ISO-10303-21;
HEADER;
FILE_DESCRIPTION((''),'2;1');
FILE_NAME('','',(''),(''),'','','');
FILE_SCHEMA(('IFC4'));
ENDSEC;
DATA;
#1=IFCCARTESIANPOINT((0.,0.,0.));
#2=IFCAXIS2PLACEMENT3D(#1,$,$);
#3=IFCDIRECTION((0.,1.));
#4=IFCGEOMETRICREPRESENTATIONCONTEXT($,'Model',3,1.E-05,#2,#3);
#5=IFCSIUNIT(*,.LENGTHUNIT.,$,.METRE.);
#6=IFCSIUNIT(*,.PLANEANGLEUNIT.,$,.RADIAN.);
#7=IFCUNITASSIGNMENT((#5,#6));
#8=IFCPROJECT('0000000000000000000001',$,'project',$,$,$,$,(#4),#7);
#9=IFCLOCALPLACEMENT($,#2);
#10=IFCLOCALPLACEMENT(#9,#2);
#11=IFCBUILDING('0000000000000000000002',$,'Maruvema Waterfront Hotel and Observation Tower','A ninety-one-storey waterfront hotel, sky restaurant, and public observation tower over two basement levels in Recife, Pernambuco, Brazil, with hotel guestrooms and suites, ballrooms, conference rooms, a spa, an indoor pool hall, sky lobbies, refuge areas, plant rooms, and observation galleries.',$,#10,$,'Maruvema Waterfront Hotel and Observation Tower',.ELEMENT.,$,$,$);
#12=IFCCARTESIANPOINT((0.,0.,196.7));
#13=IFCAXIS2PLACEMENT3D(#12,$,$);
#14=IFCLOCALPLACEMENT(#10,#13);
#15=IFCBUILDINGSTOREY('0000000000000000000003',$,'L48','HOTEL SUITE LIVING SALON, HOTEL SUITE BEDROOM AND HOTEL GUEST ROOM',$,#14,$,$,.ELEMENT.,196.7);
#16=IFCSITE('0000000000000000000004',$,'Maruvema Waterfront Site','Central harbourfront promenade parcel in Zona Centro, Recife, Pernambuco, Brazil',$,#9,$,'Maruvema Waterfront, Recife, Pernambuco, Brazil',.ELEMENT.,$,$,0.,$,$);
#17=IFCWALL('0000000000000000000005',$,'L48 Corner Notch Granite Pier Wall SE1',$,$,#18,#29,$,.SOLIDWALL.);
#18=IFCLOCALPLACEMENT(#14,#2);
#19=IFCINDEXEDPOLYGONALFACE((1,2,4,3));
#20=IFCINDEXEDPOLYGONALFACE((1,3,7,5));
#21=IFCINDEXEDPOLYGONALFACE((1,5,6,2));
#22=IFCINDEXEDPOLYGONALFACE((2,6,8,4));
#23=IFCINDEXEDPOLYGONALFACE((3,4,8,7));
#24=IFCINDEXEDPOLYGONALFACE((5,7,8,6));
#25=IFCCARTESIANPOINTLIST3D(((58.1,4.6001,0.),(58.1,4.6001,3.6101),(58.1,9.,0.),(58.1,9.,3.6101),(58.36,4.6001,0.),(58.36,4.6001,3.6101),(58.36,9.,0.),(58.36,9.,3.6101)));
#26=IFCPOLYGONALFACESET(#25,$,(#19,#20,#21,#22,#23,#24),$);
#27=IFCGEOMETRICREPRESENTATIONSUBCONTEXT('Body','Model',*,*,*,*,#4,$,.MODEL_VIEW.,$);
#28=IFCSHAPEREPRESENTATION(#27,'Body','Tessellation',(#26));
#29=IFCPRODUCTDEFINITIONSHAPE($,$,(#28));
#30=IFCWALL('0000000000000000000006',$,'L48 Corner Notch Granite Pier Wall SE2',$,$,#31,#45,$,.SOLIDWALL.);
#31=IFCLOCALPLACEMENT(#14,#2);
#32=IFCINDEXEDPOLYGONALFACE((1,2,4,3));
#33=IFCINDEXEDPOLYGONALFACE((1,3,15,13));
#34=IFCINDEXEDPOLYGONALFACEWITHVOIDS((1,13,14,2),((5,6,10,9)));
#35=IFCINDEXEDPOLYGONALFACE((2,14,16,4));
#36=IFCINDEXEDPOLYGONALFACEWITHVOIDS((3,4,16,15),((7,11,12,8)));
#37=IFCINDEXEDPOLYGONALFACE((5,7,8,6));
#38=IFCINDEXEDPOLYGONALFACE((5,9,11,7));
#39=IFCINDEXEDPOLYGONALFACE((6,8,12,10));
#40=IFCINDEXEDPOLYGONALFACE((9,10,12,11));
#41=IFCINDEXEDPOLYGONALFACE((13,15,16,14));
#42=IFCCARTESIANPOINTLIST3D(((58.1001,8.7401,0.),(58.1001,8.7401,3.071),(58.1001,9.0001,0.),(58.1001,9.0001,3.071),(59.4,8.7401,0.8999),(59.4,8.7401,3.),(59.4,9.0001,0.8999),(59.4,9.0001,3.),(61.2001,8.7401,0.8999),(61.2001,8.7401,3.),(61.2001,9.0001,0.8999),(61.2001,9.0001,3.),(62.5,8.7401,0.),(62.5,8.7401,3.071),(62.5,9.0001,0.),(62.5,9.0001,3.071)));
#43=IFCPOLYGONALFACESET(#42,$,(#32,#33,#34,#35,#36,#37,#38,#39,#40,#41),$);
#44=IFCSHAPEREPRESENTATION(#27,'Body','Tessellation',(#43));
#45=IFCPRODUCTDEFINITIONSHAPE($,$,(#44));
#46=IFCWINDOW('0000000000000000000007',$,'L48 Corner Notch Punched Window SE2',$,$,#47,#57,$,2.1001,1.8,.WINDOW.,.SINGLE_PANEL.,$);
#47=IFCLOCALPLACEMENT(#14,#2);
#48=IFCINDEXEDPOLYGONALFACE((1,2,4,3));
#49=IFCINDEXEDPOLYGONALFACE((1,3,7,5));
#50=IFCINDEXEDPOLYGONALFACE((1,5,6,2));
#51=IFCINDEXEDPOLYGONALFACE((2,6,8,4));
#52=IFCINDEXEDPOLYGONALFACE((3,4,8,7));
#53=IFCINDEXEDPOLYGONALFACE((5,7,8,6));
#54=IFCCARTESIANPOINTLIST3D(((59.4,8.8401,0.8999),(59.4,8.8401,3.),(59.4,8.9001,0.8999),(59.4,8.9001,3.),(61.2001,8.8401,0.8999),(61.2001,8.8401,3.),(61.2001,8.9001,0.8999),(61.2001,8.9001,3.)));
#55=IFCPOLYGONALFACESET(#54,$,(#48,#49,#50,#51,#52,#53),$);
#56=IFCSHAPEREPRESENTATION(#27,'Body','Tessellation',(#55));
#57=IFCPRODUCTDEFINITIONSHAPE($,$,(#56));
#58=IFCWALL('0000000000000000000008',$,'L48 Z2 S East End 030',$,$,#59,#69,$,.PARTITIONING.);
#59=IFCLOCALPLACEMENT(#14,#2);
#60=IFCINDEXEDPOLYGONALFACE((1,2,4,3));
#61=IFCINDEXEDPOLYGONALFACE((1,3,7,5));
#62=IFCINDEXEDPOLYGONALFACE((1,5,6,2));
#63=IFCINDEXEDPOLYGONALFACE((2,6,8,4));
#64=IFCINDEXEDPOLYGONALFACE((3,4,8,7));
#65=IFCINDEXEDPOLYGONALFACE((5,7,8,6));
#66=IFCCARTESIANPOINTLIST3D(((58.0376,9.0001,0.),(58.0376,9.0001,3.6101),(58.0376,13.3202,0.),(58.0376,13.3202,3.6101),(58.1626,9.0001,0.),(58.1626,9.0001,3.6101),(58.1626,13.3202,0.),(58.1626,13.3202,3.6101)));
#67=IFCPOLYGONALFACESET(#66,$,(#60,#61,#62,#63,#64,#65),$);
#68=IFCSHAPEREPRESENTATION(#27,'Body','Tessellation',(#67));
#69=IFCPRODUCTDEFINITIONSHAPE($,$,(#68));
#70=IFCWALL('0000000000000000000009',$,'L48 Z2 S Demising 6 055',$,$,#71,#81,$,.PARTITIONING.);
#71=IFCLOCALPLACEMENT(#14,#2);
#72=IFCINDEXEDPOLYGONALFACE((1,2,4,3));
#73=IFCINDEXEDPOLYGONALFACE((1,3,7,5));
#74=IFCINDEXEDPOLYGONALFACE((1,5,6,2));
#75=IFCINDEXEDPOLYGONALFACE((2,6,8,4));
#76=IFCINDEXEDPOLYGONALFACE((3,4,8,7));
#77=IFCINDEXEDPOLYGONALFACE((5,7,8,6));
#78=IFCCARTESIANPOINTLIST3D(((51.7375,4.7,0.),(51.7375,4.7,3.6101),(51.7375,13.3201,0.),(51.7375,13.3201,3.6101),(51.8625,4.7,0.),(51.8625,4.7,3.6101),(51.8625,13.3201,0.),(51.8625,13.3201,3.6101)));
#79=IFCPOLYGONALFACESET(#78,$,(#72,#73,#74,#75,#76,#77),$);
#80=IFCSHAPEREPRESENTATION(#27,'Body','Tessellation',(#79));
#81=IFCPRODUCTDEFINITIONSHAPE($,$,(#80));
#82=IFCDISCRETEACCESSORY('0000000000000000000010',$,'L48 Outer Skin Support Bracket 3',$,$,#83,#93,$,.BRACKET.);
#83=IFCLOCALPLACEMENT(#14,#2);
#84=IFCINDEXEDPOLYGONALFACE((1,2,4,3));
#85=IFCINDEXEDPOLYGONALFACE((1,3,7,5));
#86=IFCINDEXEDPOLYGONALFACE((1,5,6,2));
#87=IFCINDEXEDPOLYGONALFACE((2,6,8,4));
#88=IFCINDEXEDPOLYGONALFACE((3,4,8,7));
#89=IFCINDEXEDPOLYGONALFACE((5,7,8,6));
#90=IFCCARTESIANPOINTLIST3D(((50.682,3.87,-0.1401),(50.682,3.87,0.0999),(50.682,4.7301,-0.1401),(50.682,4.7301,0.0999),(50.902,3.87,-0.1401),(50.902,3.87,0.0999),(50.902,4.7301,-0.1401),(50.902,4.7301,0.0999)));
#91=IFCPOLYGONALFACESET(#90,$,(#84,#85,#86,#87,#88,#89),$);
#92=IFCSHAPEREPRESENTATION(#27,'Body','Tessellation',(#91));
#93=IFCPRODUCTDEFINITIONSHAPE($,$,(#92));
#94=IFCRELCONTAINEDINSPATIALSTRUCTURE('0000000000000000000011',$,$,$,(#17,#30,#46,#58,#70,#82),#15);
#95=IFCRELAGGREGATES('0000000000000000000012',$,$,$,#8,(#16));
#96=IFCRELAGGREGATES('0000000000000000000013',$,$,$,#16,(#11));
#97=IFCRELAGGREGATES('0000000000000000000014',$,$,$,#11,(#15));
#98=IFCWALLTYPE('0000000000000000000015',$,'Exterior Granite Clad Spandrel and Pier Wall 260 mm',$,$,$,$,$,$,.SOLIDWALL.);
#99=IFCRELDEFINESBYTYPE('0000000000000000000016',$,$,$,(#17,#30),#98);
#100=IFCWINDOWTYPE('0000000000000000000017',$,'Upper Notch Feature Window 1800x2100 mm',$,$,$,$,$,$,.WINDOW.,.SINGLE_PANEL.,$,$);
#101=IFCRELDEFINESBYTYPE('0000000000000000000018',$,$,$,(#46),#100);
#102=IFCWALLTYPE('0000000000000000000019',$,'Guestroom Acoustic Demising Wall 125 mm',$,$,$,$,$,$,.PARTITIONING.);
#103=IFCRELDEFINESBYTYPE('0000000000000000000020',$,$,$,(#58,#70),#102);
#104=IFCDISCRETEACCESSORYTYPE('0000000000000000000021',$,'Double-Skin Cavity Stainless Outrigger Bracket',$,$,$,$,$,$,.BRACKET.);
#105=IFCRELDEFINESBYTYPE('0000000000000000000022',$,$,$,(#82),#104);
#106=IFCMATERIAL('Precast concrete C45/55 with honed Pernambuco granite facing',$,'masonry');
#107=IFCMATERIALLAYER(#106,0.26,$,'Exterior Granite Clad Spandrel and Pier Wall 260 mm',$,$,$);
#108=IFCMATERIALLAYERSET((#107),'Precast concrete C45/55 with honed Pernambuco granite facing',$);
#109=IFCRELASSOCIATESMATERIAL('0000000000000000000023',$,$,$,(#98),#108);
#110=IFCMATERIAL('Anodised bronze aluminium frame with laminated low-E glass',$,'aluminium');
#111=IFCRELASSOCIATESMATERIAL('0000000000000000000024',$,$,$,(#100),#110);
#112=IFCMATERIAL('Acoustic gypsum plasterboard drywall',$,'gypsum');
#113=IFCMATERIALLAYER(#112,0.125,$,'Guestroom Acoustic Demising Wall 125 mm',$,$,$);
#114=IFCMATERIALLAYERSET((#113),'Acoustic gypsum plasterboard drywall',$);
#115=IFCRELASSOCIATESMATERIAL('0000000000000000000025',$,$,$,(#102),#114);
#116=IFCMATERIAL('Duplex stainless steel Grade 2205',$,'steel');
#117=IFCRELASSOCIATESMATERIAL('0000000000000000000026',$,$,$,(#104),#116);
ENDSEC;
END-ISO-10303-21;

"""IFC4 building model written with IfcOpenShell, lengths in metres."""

from ifc_helpers import new_model, si_unit, direction, frame, frame_2d, origin, origin_2d, place, context, subcontext, project, spatial, rectangle, extrude, material, layer, layer_set, type_object, element, fill, save


model = new_model("IFC4")

# Units and contexts
model_context = context("Model", 3, precision=1e-05, world=origin(), true_north=direction((0.0, 1.0)))
body_context = subcontext(model_context, "Body", "Model", "MODEL_VIEW")
ifc_project = project(units=[si_unit("LENGTHUNIT", "METRE"), si_unit("PLANEANGLEUNIT", "RADIAN")], contexts=[model_context])

# Site, building, storey
site_placement = place(None, origin())
site = spatial("IfcSite", under=ifc_project, at=site_placement, Name="Maruvema Waterfront Site", Description="Central harbourfront promenade parcel in Zona Centro, Recife, Pernambuco, Brazil", LongName="Maruvema Waterfront, Recife, Pernambuco, Brazil", CompositionType="ELEMENT", RefElevation=0.0)
building_placement = place(site_placement, origin())
building = spatial("IfcBuilding", under=site, at=building_placement, Name="Maruvema Waterfront Hotel and Observation Tower", Description="A ninety-one-storey waterfront hotel, sky restaurant, and public observation tower over two basement levels in Recife, Pernambuco, Brazil, with hotel guestrooms and suites, ballrooms, conference rooms, a spa, an indoor pool hall, sky lobbies, refuge areas, plant rooms, and observation galleries.", LongName="Maruvema Waterfront Hotel and Observation Tower", CompositionType="ELEMENT")
storey_placement = place(building_placement, frame((0.0, 0.0, 196.7)))
storey = spatial("IfcBuildingStorey", under=building, at=storey_placement, Name="L48", Description="HOTEL SUITE LIVING SALON, HOTEL SUITE BEDROOM AND HOTEL GUEST ROOM", CompositionType="ELEMENT", Elevation=196.7)

# Wall
ifc_material_1 = material(Name="Precast concrete C45/55 with honed Pernambuco granite facing", Category="masonry")
ifc_layer_1 = layer(ifc_material_1, 0.26, Name="Exterior Granite Clad Spandrel and Pier Wall 260 mm")
ifc_layer_set_1 = layer_set([ifc_layer_1], Name="Precast concrete C45/55 with honed Pernambuco granite facing")
wall_type_1 = type_object("IfcWallType", Name="Exterior Granite Clad Spandrel and Pier Wall 260 mm", PredefinedType="SOLIDWALL", material=ifc_layer_set_1)
wall_1_placement = place(storey_placement, frame((58.23, 9.0, 0.0), z_axis=(0.0, 0.0, 1.0), x_axis=(0.0, -1.0, 0.0)))
element("IfcWall", 1, at=wall_1_placement, inside=storey, type_object=wall_type_1, Name="L48 Corner Notch Granite Pier Wall SE1", PredefinedType="SOLIDWALL", context=body_context, shape_type="SweptSolid", body=[
    extrude(rectangle(XDim=4.3999, YDim=0.26, at=frame_2d((2.2, 0.0))), origin(), (0.0, 0.0, 1.0), 3.6101),
])

# Wall, opening, window
wall_2_placement = place(storey_placement, frame((62.5, 8.8701, 0.0), z_axis=(0.0, 0.0, 1.0), x_axis=(-1.0, 0.0, 0.0)))
wall_2 = element("IfcWall", 2, at=wall_2_placement, inside=storey, type_object=wall_type_1, Name="L48 Corner Notch Granite Pier Wall SE2", PredefinedType="SOLIDWALL", context=body_context, shape_type="SweptSolid", body=[
    extrude(rectangle(XDim=4.3999, YDim=0.26, at=frame_2d((2.2, 0.0))), origin(), (0.0, 0.0, 1.0), 3.071),
])
opening_1_placement = place(wall_2_placement, frame((1.3, 0.0, 0.8999)))
opening_1 = element("IfcOpeningElement", 3, at=opening_1_placement, cuts=wall_2, PredefinedType="OPENING", context=body_context, shape_type="SweptSolid", body=[
    extrude(rectangle(XDim=1.8, YDim=2.1001, at=frame_2d((0.8999, 1.05))), frame((0.0, 0.1401, 0.0), z_axis=(0.0, -1.0, 0.0), x_axis=(1.0, 0.0, 0.0)), (0.0, 0.0, 1.0), 0.28),
])
ifc_material_2 = material(Name="Anodised bronze aluminium frame with laminated low-E glass", Category="aluminium")
window_type = type_object("IfcWindowType", Name="Upper Notch Feature Window 1800x2100 mm", PartitioningType="SINGLE_PANEL", PredefinedType="WINDOW", material=ifc_material_2)
window_placement = place(opening_1_placement, origin())
window = element("IfcWindow", 4, at=window_placement, inside=storey, type_object=window_type, Name="L48 Corner Notch Punched Window SE2", OverallHeight=2.1001, OverallWidth=1.8, PartitioningType="SINGLE_PANEL", PredefinedType="WINDOW", context=body_context, shape_type="SweptSolid", body=[
    extrude(rectangle(XDim=1.8, YDim=2.1001, at=frame_2d((0.8999, 1.05))), frame((0.0, 0.03, 0.0), z_axis=(0.0, -1.0, 0.0), x_axis=(1.0, 0.0, 0.0)), (0.0, 0.0, 1.0), 0.0601),
])
fill(opening_1, window)

# Walls
ifc_material_3 = material(Name="Acoustic gypsum plasterboard drywall", Category="gypsum")
ifc_layer_2 = layer(ifc_material_3, 0.125, Name="Guestroom Acoustic Demising Wall 125 mm")
ifc_layer_set_2 = layer_set([ifc_layer_2], Name="Acoustic gypsum plasterboard drywall")
wall_type_2 = type_object("IfcWallType", Name="Guestroom Acoustic Demising Wall 125 mm", PredefinedType="PARTITIONING", material=ifc_layer_set_2)
wall_3_placement = place(storey_placement, frame((58.1001, 9.0, 0.0), z_axis=(0.0, 0.0, 1.0), x_axis=(0.0, 1.0, 0.0)))
element("IfcWall", 5, at=wall_3_placement, inside=storey, type_object=wall_type_2, Name="L48 Z2 S East End 030", PredefinedType="PARTITIONING", context=body_context, shape_type="SweptSolid", body=[
    extrude(rectangle(XDim=4.3201, YDim=0.125, at=frame_2d((2.1602, 0.0))), origin(), (0.0, 0.0, 1.0), 3.6101),
])
wall_4_placement = place(storey_placement, frame((51.8, 4.7, 0.0), z_axis=(0.0, 0.0, 1.0), x_axis=(0.0, 1.0, 0.0)))
element("IfcWall", 6, at=wall_4_placement, inside=storey, type_object=wall_type_2, Name="L48 Z2 S Demising 6 055", PredefinedType="PARTITIONING", context=body_context, shape_type="SweptSolid", body=[
    extrude(rectangle(XDim=8.6201, YDim=0.125, at=frame_2d((4.3101, 0.0))), origin(), (0.0, 0.0, 1.0), 3.6101),
])

# Discrete accessory
ifc_material_4 = material(Name="Duplex stainless steel Grade 2205", Category="steel")
discrete_accessory_type = type_object("IfcDiscreteAccessoryType", Name="Double-Skin Cavity Stainless Outrigger Bracket", PredefinedType="BRACKET", material=ifc_material_4)
discrete_accessory_placement = place(storey_placement, frame((50.792, 4.3, -0.1401), z_axis=(0.0, 0.0, 1.0), x_axis=(1.0, 0.0, 0.0)))
element("IfcDiscreteAccessory", 7, at=discrete_accessory_placement, inside=storey, type_object=discrete_accessory_type, Name="L48 Outer Skin Support Bracket 3", PredefinedType="BRACKET", context=body_context, shape_type="SweptSolid", body=[
    extrude(rectangle(XDim=0.22, YDim=0.8601, at=origin_2d()), origin(), (0.0, 0.0, 1.0), 0.24),
])

save(model, "model.ifc")
